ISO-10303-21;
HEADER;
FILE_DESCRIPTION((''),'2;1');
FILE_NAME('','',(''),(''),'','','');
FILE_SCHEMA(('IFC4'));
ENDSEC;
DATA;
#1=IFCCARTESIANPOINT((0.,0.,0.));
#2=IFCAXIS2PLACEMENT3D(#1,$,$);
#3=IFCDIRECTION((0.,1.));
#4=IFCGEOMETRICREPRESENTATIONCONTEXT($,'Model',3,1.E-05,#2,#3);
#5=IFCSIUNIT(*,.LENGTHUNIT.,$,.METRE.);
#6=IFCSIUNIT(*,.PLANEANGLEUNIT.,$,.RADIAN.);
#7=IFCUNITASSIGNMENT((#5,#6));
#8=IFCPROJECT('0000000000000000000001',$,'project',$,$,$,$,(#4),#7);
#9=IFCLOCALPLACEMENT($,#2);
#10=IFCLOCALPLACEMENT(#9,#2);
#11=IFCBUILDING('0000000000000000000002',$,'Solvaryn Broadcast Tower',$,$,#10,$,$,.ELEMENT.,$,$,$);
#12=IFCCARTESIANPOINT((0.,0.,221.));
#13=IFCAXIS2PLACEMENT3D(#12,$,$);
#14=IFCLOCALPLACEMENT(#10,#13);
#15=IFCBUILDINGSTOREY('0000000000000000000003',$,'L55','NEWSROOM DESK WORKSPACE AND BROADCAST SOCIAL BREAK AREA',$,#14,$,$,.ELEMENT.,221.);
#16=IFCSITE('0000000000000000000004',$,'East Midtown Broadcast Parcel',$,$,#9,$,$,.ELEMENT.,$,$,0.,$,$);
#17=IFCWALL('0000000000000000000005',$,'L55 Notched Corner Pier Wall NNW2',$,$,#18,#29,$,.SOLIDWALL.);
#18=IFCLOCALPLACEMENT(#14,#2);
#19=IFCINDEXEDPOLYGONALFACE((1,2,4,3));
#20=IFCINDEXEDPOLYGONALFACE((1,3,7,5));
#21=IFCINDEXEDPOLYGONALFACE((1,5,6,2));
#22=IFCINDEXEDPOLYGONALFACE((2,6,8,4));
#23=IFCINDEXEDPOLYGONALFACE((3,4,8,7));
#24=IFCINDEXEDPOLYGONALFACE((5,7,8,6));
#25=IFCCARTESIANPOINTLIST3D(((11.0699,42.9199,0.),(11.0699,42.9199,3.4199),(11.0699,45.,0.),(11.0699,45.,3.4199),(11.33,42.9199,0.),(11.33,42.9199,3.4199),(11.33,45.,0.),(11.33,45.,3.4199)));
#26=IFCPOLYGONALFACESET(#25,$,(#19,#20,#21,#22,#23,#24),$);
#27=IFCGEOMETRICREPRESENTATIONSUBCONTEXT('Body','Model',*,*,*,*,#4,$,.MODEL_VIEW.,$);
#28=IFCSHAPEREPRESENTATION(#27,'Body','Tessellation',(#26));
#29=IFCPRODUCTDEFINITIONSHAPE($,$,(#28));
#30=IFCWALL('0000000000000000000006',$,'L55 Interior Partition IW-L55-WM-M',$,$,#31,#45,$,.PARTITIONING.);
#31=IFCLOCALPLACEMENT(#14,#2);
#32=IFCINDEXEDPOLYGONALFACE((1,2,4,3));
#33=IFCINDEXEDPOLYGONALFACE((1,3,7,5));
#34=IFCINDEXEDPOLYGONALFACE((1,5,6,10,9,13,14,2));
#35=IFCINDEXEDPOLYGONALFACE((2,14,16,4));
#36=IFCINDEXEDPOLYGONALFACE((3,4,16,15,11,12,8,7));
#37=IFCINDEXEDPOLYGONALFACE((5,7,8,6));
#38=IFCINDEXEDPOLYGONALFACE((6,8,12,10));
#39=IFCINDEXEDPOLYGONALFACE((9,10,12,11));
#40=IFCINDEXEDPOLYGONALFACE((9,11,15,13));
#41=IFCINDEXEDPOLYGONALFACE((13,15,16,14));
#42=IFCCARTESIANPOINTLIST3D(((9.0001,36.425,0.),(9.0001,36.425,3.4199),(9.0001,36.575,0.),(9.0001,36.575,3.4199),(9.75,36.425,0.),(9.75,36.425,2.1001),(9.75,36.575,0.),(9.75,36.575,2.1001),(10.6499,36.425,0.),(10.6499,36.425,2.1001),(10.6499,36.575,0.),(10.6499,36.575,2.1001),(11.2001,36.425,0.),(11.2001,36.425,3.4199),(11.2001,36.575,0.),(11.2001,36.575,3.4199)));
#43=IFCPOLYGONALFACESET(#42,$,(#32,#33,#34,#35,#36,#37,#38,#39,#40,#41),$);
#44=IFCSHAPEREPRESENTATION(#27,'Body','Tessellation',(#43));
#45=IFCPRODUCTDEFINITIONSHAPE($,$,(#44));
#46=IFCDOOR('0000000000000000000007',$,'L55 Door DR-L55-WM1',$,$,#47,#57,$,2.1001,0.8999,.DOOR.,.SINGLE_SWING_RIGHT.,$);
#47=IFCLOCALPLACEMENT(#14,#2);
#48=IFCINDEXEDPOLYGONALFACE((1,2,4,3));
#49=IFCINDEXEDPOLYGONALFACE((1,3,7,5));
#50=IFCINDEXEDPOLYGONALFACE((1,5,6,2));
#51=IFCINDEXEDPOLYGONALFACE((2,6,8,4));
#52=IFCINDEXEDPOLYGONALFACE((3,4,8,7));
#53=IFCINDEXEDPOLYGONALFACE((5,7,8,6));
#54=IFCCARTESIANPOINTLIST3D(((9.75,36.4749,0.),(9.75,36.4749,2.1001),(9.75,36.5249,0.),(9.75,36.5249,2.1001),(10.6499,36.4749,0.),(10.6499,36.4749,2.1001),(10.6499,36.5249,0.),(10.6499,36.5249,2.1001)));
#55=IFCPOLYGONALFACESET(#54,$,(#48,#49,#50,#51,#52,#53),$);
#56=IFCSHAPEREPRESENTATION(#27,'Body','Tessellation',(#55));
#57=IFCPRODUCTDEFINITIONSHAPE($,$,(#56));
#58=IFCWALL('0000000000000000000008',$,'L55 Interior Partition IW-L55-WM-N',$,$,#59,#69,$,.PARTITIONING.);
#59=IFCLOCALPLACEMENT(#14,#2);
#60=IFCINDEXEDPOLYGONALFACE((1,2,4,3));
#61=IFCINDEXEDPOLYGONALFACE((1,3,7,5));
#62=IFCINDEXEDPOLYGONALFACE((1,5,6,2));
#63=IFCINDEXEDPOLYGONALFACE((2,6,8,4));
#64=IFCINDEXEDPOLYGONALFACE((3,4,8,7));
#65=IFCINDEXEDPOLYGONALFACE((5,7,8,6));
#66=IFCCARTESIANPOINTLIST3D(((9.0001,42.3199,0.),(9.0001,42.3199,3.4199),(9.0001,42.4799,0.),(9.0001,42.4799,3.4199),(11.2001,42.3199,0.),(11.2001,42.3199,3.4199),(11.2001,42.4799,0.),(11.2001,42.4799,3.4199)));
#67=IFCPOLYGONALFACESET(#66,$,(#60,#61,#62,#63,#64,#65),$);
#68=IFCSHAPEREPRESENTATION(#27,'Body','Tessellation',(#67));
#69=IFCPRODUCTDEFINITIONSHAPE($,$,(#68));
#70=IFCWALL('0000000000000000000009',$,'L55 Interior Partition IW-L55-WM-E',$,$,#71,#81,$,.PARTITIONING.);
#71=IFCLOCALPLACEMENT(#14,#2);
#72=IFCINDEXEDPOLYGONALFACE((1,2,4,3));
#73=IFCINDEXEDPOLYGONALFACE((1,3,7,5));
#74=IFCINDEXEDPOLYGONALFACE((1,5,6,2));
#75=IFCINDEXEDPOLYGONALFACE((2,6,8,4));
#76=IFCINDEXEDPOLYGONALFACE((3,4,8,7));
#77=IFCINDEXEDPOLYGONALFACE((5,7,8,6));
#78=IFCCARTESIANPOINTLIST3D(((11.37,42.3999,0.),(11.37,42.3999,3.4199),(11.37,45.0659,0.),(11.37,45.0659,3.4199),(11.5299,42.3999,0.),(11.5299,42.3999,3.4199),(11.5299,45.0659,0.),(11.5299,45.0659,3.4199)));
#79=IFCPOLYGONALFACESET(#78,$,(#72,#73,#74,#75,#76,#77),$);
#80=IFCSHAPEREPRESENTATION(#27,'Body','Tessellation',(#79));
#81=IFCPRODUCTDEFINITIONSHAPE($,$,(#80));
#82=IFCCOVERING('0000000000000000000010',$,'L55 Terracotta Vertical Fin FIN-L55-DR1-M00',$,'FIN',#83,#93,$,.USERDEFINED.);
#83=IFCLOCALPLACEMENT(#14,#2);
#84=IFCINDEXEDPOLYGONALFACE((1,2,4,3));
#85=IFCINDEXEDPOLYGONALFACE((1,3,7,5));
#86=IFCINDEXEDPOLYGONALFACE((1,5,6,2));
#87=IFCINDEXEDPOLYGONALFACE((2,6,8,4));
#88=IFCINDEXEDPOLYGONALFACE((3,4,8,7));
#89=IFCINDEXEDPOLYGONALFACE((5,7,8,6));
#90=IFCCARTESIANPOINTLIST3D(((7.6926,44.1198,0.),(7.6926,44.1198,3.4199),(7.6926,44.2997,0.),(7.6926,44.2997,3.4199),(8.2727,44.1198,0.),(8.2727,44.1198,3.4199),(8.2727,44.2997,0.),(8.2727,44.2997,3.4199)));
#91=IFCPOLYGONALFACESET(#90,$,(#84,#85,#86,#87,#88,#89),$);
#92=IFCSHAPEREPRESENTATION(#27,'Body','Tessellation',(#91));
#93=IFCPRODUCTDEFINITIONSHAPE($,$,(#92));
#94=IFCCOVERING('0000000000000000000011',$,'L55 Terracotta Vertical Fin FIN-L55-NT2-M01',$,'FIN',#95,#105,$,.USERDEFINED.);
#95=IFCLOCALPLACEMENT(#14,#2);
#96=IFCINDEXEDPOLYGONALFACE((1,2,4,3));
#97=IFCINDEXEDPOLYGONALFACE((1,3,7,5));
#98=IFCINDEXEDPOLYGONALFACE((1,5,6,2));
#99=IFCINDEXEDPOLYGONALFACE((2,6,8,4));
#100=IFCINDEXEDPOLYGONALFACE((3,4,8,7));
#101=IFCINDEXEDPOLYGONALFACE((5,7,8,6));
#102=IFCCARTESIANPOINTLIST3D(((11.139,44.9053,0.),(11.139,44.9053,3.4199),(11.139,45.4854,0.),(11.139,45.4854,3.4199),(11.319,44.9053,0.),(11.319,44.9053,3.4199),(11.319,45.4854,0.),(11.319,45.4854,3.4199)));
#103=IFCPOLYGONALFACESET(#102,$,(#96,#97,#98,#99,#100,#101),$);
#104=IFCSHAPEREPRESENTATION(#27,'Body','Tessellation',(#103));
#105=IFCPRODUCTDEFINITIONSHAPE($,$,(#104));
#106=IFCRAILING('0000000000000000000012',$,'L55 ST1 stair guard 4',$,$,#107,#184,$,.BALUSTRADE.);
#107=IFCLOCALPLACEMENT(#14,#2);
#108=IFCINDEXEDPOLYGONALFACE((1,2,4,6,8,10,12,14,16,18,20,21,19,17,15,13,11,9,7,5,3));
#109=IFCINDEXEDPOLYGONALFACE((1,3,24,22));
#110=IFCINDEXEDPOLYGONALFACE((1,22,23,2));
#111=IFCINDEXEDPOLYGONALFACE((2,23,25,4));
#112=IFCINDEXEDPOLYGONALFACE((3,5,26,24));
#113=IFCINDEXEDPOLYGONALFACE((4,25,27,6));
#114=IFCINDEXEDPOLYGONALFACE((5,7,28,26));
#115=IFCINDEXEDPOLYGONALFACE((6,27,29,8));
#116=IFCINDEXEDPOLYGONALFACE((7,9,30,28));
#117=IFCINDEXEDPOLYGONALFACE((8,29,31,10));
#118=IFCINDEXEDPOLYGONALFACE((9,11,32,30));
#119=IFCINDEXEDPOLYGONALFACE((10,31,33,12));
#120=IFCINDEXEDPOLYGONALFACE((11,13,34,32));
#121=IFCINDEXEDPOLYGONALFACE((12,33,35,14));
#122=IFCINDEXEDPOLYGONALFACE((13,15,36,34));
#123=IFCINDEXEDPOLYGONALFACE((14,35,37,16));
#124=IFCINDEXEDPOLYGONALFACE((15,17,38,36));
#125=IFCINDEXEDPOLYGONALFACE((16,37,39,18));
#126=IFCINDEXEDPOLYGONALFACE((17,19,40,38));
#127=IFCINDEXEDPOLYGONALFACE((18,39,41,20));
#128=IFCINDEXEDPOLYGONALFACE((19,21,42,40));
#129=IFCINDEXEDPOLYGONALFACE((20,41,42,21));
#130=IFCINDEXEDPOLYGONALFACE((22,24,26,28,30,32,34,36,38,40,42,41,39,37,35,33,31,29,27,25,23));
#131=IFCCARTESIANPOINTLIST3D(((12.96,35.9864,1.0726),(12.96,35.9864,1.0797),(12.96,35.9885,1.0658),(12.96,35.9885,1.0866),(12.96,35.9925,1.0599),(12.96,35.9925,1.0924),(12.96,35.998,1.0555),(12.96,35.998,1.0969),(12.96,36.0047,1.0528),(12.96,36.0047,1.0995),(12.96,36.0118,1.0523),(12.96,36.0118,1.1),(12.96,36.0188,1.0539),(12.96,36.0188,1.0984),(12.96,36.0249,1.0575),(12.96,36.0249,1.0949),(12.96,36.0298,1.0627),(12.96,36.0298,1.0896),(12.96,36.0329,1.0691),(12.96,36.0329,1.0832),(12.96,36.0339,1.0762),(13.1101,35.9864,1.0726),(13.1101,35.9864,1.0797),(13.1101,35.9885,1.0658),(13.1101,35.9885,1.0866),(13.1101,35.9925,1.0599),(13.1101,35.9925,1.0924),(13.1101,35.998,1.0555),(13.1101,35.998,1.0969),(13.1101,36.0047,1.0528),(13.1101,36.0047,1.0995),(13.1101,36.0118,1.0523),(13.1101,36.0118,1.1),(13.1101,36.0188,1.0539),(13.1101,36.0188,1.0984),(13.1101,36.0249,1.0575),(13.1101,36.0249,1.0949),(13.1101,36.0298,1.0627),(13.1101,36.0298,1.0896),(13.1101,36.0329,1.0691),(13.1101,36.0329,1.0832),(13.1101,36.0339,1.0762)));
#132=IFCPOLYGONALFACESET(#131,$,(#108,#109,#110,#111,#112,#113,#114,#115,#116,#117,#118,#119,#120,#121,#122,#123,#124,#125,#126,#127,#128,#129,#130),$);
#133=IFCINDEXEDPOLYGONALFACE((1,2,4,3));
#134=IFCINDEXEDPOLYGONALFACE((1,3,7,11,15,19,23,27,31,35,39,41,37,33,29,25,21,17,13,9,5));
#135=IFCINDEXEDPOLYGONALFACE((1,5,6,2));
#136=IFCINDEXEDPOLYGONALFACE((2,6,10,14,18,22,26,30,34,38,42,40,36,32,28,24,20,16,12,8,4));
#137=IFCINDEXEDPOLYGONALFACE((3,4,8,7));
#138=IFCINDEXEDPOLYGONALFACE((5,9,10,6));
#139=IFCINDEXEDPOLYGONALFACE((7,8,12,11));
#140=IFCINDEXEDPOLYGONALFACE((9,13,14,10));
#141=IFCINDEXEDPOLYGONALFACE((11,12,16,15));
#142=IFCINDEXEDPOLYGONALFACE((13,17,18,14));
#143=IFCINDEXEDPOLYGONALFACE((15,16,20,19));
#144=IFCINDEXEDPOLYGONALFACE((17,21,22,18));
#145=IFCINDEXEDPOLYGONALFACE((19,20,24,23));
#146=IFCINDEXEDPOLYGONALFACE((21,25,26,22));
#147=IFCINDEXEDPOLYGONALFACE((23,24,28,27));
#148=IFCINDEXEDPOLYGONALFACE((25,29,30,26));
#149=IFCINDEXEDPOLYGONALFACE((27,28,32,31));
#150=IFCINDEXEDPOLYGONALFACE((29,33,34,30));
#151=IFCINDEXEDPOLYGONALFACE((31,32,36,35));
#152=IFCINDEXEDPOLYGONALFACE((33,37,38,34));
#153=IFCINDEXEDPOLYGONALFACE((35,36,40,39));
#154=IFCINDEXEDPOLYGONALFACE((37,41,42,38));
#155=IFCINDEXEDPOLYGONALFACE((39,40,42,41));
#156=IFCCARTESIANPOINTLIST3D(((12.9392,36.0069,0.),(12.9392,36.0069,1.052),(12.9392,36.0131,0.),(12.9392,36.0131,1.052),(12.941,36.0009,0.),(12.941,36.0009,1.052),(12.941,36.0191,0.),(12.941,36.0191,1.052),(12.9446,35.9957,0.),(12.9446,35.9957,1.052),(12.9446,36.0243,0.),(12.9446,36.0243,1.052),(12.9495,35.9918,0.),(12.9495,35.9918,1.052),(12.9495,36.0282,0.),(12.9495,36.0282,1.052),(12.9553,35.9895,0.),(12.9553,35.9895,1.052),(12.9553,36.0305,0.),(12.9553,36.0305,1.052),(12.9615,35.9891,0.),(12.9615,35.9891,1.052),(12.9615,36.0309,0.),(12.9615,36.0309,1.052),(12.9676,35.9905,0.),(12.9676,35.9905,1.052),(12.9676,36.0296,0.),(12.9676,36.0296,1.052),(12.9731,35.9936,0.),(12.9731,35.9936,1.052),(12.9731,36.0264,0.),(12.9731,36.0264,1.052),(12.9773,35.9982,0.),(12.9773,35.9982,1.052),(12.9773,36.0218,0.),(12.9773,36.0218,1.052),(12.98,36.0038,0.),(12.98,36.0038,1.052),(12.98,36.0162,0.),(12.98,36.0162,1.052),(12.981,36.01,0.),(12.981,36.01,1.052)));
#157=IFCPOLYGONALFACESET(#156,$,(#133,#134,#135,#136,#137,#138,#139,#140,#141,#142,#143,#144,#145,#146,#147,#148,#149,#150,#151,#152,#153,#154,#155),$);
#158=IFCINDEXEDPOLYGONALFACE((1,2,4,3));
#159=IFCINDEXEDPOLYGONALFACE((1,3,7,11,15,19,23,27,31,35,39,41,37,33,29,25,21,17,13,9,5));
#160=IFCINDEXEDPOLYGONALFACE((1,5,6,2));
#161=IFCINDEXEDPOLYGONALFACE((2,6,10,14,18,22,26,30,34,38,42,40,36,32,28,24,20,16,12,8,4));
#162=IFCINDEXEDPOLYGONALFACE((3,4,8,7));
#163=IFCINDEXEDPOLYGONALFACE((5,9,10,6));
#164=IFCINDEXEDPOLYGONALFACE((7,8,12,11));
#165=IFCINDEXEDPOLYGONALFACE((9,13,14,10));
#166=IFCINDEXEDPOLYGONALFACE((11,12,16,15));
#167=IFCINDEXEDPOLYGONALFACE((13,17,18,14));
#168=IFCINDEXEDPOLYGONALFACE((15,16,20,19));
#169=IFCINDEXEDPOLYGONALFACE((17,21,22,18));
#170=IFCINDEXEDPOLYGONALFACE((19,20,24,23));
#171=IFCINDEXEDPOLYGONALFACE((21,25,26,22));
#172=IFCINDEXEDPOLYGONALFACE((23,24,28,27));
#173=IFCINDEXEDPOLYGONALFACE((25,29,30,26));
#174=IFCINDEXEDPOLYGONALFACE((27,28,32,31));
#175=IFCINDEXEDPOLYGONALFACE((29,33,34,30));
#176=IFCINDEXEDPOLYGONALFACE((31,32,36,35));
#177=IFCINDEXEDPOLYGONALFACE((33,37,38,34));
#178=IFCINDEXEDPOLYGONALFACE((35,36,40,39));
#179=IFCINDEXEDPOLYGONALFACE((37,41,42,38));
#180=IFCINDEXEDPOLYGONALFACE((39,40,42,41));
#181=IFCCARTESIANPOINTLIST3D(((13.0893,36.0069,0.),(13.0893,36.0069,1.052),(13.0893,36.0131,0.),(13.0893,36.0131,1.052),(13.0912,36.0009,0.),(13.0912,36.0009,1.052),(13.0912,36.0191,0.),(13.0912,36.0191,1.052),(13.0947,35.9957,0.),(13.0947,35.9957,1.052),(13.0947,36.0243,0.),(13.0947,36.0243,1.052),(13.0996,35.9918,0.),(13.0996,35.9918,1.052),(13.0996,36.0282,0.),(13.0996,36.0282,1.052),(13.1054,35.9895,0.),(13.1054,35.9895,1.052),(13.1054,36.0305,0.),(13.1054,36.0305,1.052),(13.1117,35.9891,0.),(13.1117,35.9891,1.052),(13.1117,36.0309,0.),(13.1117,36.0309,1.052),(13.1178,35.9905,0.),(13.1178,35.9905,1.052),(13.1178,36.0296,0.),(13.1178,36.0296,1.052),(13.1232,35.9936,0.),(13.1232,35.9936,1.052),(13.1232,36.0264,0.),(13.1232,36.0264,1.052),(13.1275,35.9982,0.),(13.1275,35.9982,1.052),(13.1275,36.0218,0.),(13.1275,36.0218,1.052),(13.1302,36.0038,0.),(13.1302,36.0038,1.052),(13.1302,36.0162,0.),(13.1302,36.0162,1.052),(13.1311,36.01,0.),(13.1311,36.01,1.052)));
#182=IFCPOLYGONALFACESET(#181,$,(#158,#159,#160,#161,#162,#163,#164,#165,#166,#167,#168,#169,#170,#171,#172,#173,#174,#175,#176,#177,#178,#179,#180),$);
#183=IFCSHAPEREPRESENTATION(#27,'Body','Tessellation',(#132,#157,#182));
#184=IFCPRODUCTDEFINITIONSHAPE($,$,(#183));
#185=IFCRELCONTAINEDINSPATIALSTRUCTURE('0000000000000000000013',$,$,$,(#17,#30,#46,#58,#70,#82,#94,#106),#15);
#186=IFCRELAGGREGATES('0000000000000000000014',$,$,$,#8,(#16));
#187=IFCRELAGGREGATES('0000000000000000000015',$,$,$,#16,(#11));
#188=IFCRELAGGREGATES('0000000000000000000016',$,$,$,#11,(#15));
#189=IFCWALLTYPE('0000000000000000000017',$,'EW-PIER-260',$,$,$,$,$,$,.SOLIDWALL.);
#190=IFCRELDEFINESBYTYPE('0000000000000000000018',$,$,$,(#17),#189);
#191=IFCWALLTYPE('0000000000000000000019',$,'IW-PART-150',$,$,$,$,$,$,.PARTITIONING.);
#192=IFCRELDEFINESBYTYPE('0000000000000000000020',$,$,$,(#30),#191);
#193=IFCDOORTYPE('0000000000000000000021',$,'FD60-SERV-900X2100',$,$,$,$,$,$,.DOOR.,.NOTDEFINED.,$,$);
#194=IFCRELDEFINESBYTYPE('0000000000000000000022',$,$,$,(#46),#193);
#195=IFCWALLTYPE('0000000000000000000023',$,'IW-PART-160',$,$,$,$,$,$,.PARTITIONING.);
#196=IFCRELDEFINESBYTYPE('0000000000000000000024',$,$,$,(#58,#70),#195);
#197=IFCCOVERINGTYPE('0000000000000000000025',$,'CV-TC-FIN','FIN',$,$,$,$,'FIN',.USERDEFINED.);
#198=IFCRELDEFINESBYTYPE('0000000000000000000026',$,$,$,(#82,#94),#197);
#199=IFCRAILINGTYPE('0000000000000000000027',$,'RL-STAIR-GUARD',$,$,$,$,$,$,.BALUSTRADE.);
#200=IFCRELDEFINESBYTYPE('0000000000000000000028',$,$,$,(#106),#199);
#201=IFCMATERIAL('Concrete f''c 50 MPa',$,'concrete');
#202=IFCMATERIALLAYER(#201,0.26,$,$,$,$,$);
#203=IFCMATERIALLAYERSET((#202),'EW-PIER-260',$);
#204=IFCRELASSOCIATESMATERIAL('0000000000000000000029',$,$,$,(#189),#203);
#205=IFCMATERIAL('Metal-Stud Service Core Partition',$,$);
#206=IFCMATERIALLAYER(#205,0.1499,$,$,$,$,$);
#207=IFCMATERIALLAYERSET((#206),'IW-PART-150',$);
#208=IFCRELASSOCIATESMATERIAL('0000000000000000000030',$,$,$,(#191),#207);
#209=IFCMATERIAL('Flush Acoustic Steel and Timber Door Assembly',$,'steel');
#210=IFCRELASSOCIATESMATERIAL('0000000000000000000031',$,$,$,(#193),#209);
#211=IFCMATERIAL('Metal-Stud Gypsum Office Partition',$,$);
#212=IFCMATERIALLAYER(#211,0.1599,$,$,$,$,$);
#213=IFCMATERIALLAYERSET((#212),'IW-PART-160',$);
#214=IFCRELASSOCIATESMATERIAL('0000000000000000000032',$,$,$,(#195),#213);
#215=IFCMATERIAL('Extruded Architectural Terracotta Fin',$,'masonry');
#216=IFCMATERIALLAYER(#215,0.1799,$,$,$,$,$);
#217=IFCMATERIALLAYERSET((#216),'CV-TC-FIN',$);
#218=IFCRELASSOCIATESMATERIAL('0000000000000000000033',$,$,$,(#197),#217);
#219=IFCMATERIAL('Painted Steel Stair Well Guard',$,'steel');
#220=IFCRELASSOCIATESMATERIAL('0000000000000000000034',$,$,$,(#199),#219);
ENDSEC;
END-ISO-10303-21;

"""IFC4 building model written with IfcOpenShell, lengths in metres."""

from ifc_helpers import new_model, si_unit, direction, frame, frame_2d, origin, origin_2d, place, context, subcontext, project, spatial, rectangle, circle, extrude, material, layer, layer_set, type_object, element, fill, save


model = new_model("IFC4")

# Units and contexts
model_context = context("Model", 3, precision=1e-05, world=origin(), true_north=direction((0.0, 1.0)))
body_context = subcontext(model_context, "Body", "Model", "MODEL_VIEW")
ifc_project = project(units=[si_unit("LENGTHUNIT", "METRE"), si_unit("PLANEANGLEUNIT", "RADIAN")], contexts=[model_context])

# Site, building, storey
site_placement = place(None, origin())
site = spatial("IfcSite", under=ifc_project, at=site_placement, Name="East Midtown Broadcast Parcel", CompositionType="ELEMENT", RefElevation=0.0)
building_placement = place(site_placement, origin())
building = spatial("IfcBuilding", under=site, at=building_placement, Name="Solvaryn Broadcast Tower", CompositionType="ELEMENT")
storey_placement = place(building_placement, frame((0.0, 0.0, 221.0)))
storey = spatial("IfcBuildingStorey", under=building, at=storey_placement, Name="L55", Description="NEWSROOM DESK WORKSPACE AND BROADCAST SOCIAL BREAK AREA", CompositionType="ELEMENT", Elevation=221.0)

# Wall
ifc_material_1 = material(Name="Concrete f'c 50 MPa", Category="concrete")
ifc_layer_1 = layer(ifc_material_1, 0.26)
ifc_layer_set_1 = layer_set([ifc_layer_1], Name="EW-PIER-260")
wall_type_1 = type_object("IfcWallType", Name="EW-PIER-260", PredefinedType="SOLIDWALL", material=ifc_layer_set_1)
wall_1_placement = place(storey_placement, frame((11.2, 42.9199, 0.0), z_axis=(0.0, 0.0, 1.0), x_axis=(0.0, 1.0, 0.0)))
element("IfcWall", 1, at=wall_1_placement, inside=storey, type_object=wall_type_1, Name="L55 Notched Corner Pier Wall NNW2", PredefinedType="SOLIDWALL", context=body_context, shape_type="SweptSolid", body=[
    extrude(rectangle(XDim=2.0801, YDim=0.26, at=frame_2d((1.04, 0.0))), origin(), (0.0, 0.0, 1.0), 3.4199),
])

# Wall, opening, door
ifc_material_2 = material(Name="Metal-Stud Service Core Partition")
ifc_layer_2 = layer(ifc_material_2, 0.1499)
ifc_layer_set_2 = layer_set([ifc_layer_2], Name="IW-PART-150")
wall_type_2 = type_object("IfcWallType", Name="IW-PART-150", PredefinedType="PARTITIONING", material=ifc_layer_set_2)
wall_2_placement = place(storey_placement, frame((9.0, 36.5, 0.0), z_axis=(0.0, 0.0, 1.0), x_axis=(1.0, 0.0, 0.0)))
wall_2 = element("IfcWall", 2, at=wall_2_placement, inside=storey, type_object=wall_type_2, Name="L55 Interior Partition IW-L55-WM-M", PredefinedType="PARTITIONING", context=body_context, shape_type="SweptSolid", body=[
    extrude(rectangle(XDim=2.2, YDim=0.1499, at=frame_2d((1.1001, 0.0))), origin(), (0.0, 0.0, 1.0), 3.4199),
])
opening_placement = place(wall_2_placement, frame((0.75, 0.0, 0.0)))
opening = element("IfcOpeningElement", 3, at=opening_placement, cuts=wall_2, PredefinedType="OPENING", context=body_context, shape_type="SweptSolid", body=[
    extrude(rectangle(XDim=0.8999, YDim=2.1001, at=frame_2d((0.45, 1.05))), frame((0.0, 0.085, 0.0), z_axis=(0.0, -1.0, 0.0), x_axis=(1.0, 0.0, 0.0)), (0.0, 0.0, 1.0), 0.1699),
])
ifc_material_3 = material(Name="Flush Acoustic Steel and Timber Door Assembly", Category="steel")
door_type = type_object("IfcDoorType", Name="FD60-SERV-900X2100", OperationType="NOTDEFINED", PredefinedType="DOOR", material=ifc_material_3)
door_placement = place(opening_placement, origin())
door = element("IfcDoor", 4, at=door_placement, inside=storey, type_object=door_type, Name="L55 Door DR-L55-WM1", OperationType="SINGLE_SWING_RIGHT", OverallHeight=2.1001, OverallWidth=0.8999, PredefinedType="DOOR", context=body_context, shape_type="SweptSolid", body=[
    extrude(rectangle(XDim=0.8999, YDim=2.1001, at=frame_2d((0.45, 1.05))), frame((0.0, 0.0249, 0.0), z_axis=(0.0, -1.0, 0.0), x_axis=(1.0, 0.0, 0.0)), (0.0, 0.0, 1.0), 0.05),
])
fill(opening, door)

# Walls
ifc_material_4 = material(Name="Metal-Stud Gypsum Office Partition")
ifc_layer_3 = layer(ifc_material_4, 0.1599)
ifc_layer_set_3 = layer_set([ifc_layer_3], Name="IW-PART-160")
wall_type_3 = type_object("IfcWallType", Name="IW-PART-160", PredefinedType="PARTITIONING", material=ifc_layer_set_3)
wall_3_placement = place(storey_placement, frame((9.0, 42.3999, 0.0), z_axis=(0.0, 0.0, 1.0), x_axis=(1.0, 0.0, 0.0)))
element("IfcWall", 5, at=wall_3_placement, inside=storey, type_object=wall_type_3, Name="L55 Interior Partition IW-L55-WM-N", PredefinedType="PARTITIONING", context=body_context, shape_type="SweptSolid", body=[
    extrude(rectangle(XDim=2.2, YDim=0.1599, at=frame_2d((1.1001, 0.0))), origin(), (0.0, 0.0, 1.0), 3.4199),
])
wall_4_placement = place(storey_placement, frame((11.45, 42.3999, 0.0), z_axis=(0.0, 0.0, 1.0), x_axis=(0.0, 1.0, 0.0)))
element("IfcWall", 6, at=wall_4_placement, inside=storey, type_object=wall_type_3, Name="L55 Interior Partition IW-L55-WM-E", PredefinedType="PARTITIONING", context=body_context, shape_type="SweptSolid", body=[
    extrude(rectangle(XDim=2.666, YDim=0.1599, at=frame_2d((1.333, 0.0))), origin(), (0.0, 0.0, 1.0), 3.4199),
])

# Coverings
ifc_material_5 = material(Name="Extruded Architectural Terracotta Fin", Category="masonry")
ifc_layer_4 = layer(ifc_material_5, 0.1799)
ifc_layer_set_4 = layer_set([ifc_layer_4], Name="CV-TC-FIN")
covering_type = type_object("IfcCoveringType", Name="CV-TC-FIN", Description="FIN", ElementType="FIN", PredefinedType="USERDEFINED", material=ifc_layer_set_4)
covering_1_placement = place(storey_placement, frame((7.9827, 44.2097, 0.0), z_axis=(0.0, 0.0, 1.0), x_axis=(1.0, 0.0, 0.0)))
element("IfcCovering", 7, at=covering_1_placement, inside=storey, type_object=covering_type, Name="L55 Terracotta Vertical Fin FIN-L55-DR1-M00", ObjectType="FIN", PredefinedType="USERDEFINED", context=body_context, shape_type="SweptSolid", body=[
    extrude(rectangle(XDim=0.5801, YDim=0.1799, at=origin_2d()), origin(), (0.0, 0.0, 1.0), 3.4199),
])
covering_2_placement = place(storey_placement, frame((11.229, 45.1953, 0.0), z_axis=(0.0, 0.0, 1.0), x_axis=(1.0, 0.0, 0.0)))
element("IfcCovering", 8, at=covering_2_placement, inside=storey, type_object=covering_type, Name="L55 Terracotta Vertical Fin FIN-L55-NT2-M01", ObjectType="FIN", PredefinedType="USERDEFINED", context=body_context, shape_type="SweptSolid", body=[
    extrude(rectangle(XDim=0.1799, YDim=0.5801, at=origin_2d()), origin(), (0.0, 0.0, 1.0), 3.4199),
])

# Railing
ifc_material_6 = material(Name="Painted Steel Stair Well Guard", Category="steel")
railing_type_1 = type_object("IfcRailingType", Name="RL-STAIR-GUARD", PredefinedType="BALUSTRADE", material=ifc_material_6)
railing_1_placement = place(storey_placement, frame((12.96, 36.01, 0.0)))
element("IfcRailing", 9, at=railing_1_placement, inside=storey, type_object=railing_type_1, Name="L55 ST1 stair guard 4", PredefinedType="BALUSTRADE", context=body_context, shape_type="SweptSolid", body=[
    extrude(circle(Radius=0.0239, at=origin_2d()), frame((0.0, 0.0, 1.0762), z_axis=(1.0, 0.0, 0.0), x_axis=(0.0, 1.0, 0.0)), (0.0, 0.0, 1.0), 0.1501),
    extrude(circle(Radius=0.021, at=origin_2d()), origin(), (0.0, 0.0, 1.0), 1.052),
    extrude(circle(Radius=0.021, at=origin_2d()), frame((0.1501, 0.0, 0.0)), (0.0, 0.0, 1.0), 1.052),
])

save(model, "model.ifc")
